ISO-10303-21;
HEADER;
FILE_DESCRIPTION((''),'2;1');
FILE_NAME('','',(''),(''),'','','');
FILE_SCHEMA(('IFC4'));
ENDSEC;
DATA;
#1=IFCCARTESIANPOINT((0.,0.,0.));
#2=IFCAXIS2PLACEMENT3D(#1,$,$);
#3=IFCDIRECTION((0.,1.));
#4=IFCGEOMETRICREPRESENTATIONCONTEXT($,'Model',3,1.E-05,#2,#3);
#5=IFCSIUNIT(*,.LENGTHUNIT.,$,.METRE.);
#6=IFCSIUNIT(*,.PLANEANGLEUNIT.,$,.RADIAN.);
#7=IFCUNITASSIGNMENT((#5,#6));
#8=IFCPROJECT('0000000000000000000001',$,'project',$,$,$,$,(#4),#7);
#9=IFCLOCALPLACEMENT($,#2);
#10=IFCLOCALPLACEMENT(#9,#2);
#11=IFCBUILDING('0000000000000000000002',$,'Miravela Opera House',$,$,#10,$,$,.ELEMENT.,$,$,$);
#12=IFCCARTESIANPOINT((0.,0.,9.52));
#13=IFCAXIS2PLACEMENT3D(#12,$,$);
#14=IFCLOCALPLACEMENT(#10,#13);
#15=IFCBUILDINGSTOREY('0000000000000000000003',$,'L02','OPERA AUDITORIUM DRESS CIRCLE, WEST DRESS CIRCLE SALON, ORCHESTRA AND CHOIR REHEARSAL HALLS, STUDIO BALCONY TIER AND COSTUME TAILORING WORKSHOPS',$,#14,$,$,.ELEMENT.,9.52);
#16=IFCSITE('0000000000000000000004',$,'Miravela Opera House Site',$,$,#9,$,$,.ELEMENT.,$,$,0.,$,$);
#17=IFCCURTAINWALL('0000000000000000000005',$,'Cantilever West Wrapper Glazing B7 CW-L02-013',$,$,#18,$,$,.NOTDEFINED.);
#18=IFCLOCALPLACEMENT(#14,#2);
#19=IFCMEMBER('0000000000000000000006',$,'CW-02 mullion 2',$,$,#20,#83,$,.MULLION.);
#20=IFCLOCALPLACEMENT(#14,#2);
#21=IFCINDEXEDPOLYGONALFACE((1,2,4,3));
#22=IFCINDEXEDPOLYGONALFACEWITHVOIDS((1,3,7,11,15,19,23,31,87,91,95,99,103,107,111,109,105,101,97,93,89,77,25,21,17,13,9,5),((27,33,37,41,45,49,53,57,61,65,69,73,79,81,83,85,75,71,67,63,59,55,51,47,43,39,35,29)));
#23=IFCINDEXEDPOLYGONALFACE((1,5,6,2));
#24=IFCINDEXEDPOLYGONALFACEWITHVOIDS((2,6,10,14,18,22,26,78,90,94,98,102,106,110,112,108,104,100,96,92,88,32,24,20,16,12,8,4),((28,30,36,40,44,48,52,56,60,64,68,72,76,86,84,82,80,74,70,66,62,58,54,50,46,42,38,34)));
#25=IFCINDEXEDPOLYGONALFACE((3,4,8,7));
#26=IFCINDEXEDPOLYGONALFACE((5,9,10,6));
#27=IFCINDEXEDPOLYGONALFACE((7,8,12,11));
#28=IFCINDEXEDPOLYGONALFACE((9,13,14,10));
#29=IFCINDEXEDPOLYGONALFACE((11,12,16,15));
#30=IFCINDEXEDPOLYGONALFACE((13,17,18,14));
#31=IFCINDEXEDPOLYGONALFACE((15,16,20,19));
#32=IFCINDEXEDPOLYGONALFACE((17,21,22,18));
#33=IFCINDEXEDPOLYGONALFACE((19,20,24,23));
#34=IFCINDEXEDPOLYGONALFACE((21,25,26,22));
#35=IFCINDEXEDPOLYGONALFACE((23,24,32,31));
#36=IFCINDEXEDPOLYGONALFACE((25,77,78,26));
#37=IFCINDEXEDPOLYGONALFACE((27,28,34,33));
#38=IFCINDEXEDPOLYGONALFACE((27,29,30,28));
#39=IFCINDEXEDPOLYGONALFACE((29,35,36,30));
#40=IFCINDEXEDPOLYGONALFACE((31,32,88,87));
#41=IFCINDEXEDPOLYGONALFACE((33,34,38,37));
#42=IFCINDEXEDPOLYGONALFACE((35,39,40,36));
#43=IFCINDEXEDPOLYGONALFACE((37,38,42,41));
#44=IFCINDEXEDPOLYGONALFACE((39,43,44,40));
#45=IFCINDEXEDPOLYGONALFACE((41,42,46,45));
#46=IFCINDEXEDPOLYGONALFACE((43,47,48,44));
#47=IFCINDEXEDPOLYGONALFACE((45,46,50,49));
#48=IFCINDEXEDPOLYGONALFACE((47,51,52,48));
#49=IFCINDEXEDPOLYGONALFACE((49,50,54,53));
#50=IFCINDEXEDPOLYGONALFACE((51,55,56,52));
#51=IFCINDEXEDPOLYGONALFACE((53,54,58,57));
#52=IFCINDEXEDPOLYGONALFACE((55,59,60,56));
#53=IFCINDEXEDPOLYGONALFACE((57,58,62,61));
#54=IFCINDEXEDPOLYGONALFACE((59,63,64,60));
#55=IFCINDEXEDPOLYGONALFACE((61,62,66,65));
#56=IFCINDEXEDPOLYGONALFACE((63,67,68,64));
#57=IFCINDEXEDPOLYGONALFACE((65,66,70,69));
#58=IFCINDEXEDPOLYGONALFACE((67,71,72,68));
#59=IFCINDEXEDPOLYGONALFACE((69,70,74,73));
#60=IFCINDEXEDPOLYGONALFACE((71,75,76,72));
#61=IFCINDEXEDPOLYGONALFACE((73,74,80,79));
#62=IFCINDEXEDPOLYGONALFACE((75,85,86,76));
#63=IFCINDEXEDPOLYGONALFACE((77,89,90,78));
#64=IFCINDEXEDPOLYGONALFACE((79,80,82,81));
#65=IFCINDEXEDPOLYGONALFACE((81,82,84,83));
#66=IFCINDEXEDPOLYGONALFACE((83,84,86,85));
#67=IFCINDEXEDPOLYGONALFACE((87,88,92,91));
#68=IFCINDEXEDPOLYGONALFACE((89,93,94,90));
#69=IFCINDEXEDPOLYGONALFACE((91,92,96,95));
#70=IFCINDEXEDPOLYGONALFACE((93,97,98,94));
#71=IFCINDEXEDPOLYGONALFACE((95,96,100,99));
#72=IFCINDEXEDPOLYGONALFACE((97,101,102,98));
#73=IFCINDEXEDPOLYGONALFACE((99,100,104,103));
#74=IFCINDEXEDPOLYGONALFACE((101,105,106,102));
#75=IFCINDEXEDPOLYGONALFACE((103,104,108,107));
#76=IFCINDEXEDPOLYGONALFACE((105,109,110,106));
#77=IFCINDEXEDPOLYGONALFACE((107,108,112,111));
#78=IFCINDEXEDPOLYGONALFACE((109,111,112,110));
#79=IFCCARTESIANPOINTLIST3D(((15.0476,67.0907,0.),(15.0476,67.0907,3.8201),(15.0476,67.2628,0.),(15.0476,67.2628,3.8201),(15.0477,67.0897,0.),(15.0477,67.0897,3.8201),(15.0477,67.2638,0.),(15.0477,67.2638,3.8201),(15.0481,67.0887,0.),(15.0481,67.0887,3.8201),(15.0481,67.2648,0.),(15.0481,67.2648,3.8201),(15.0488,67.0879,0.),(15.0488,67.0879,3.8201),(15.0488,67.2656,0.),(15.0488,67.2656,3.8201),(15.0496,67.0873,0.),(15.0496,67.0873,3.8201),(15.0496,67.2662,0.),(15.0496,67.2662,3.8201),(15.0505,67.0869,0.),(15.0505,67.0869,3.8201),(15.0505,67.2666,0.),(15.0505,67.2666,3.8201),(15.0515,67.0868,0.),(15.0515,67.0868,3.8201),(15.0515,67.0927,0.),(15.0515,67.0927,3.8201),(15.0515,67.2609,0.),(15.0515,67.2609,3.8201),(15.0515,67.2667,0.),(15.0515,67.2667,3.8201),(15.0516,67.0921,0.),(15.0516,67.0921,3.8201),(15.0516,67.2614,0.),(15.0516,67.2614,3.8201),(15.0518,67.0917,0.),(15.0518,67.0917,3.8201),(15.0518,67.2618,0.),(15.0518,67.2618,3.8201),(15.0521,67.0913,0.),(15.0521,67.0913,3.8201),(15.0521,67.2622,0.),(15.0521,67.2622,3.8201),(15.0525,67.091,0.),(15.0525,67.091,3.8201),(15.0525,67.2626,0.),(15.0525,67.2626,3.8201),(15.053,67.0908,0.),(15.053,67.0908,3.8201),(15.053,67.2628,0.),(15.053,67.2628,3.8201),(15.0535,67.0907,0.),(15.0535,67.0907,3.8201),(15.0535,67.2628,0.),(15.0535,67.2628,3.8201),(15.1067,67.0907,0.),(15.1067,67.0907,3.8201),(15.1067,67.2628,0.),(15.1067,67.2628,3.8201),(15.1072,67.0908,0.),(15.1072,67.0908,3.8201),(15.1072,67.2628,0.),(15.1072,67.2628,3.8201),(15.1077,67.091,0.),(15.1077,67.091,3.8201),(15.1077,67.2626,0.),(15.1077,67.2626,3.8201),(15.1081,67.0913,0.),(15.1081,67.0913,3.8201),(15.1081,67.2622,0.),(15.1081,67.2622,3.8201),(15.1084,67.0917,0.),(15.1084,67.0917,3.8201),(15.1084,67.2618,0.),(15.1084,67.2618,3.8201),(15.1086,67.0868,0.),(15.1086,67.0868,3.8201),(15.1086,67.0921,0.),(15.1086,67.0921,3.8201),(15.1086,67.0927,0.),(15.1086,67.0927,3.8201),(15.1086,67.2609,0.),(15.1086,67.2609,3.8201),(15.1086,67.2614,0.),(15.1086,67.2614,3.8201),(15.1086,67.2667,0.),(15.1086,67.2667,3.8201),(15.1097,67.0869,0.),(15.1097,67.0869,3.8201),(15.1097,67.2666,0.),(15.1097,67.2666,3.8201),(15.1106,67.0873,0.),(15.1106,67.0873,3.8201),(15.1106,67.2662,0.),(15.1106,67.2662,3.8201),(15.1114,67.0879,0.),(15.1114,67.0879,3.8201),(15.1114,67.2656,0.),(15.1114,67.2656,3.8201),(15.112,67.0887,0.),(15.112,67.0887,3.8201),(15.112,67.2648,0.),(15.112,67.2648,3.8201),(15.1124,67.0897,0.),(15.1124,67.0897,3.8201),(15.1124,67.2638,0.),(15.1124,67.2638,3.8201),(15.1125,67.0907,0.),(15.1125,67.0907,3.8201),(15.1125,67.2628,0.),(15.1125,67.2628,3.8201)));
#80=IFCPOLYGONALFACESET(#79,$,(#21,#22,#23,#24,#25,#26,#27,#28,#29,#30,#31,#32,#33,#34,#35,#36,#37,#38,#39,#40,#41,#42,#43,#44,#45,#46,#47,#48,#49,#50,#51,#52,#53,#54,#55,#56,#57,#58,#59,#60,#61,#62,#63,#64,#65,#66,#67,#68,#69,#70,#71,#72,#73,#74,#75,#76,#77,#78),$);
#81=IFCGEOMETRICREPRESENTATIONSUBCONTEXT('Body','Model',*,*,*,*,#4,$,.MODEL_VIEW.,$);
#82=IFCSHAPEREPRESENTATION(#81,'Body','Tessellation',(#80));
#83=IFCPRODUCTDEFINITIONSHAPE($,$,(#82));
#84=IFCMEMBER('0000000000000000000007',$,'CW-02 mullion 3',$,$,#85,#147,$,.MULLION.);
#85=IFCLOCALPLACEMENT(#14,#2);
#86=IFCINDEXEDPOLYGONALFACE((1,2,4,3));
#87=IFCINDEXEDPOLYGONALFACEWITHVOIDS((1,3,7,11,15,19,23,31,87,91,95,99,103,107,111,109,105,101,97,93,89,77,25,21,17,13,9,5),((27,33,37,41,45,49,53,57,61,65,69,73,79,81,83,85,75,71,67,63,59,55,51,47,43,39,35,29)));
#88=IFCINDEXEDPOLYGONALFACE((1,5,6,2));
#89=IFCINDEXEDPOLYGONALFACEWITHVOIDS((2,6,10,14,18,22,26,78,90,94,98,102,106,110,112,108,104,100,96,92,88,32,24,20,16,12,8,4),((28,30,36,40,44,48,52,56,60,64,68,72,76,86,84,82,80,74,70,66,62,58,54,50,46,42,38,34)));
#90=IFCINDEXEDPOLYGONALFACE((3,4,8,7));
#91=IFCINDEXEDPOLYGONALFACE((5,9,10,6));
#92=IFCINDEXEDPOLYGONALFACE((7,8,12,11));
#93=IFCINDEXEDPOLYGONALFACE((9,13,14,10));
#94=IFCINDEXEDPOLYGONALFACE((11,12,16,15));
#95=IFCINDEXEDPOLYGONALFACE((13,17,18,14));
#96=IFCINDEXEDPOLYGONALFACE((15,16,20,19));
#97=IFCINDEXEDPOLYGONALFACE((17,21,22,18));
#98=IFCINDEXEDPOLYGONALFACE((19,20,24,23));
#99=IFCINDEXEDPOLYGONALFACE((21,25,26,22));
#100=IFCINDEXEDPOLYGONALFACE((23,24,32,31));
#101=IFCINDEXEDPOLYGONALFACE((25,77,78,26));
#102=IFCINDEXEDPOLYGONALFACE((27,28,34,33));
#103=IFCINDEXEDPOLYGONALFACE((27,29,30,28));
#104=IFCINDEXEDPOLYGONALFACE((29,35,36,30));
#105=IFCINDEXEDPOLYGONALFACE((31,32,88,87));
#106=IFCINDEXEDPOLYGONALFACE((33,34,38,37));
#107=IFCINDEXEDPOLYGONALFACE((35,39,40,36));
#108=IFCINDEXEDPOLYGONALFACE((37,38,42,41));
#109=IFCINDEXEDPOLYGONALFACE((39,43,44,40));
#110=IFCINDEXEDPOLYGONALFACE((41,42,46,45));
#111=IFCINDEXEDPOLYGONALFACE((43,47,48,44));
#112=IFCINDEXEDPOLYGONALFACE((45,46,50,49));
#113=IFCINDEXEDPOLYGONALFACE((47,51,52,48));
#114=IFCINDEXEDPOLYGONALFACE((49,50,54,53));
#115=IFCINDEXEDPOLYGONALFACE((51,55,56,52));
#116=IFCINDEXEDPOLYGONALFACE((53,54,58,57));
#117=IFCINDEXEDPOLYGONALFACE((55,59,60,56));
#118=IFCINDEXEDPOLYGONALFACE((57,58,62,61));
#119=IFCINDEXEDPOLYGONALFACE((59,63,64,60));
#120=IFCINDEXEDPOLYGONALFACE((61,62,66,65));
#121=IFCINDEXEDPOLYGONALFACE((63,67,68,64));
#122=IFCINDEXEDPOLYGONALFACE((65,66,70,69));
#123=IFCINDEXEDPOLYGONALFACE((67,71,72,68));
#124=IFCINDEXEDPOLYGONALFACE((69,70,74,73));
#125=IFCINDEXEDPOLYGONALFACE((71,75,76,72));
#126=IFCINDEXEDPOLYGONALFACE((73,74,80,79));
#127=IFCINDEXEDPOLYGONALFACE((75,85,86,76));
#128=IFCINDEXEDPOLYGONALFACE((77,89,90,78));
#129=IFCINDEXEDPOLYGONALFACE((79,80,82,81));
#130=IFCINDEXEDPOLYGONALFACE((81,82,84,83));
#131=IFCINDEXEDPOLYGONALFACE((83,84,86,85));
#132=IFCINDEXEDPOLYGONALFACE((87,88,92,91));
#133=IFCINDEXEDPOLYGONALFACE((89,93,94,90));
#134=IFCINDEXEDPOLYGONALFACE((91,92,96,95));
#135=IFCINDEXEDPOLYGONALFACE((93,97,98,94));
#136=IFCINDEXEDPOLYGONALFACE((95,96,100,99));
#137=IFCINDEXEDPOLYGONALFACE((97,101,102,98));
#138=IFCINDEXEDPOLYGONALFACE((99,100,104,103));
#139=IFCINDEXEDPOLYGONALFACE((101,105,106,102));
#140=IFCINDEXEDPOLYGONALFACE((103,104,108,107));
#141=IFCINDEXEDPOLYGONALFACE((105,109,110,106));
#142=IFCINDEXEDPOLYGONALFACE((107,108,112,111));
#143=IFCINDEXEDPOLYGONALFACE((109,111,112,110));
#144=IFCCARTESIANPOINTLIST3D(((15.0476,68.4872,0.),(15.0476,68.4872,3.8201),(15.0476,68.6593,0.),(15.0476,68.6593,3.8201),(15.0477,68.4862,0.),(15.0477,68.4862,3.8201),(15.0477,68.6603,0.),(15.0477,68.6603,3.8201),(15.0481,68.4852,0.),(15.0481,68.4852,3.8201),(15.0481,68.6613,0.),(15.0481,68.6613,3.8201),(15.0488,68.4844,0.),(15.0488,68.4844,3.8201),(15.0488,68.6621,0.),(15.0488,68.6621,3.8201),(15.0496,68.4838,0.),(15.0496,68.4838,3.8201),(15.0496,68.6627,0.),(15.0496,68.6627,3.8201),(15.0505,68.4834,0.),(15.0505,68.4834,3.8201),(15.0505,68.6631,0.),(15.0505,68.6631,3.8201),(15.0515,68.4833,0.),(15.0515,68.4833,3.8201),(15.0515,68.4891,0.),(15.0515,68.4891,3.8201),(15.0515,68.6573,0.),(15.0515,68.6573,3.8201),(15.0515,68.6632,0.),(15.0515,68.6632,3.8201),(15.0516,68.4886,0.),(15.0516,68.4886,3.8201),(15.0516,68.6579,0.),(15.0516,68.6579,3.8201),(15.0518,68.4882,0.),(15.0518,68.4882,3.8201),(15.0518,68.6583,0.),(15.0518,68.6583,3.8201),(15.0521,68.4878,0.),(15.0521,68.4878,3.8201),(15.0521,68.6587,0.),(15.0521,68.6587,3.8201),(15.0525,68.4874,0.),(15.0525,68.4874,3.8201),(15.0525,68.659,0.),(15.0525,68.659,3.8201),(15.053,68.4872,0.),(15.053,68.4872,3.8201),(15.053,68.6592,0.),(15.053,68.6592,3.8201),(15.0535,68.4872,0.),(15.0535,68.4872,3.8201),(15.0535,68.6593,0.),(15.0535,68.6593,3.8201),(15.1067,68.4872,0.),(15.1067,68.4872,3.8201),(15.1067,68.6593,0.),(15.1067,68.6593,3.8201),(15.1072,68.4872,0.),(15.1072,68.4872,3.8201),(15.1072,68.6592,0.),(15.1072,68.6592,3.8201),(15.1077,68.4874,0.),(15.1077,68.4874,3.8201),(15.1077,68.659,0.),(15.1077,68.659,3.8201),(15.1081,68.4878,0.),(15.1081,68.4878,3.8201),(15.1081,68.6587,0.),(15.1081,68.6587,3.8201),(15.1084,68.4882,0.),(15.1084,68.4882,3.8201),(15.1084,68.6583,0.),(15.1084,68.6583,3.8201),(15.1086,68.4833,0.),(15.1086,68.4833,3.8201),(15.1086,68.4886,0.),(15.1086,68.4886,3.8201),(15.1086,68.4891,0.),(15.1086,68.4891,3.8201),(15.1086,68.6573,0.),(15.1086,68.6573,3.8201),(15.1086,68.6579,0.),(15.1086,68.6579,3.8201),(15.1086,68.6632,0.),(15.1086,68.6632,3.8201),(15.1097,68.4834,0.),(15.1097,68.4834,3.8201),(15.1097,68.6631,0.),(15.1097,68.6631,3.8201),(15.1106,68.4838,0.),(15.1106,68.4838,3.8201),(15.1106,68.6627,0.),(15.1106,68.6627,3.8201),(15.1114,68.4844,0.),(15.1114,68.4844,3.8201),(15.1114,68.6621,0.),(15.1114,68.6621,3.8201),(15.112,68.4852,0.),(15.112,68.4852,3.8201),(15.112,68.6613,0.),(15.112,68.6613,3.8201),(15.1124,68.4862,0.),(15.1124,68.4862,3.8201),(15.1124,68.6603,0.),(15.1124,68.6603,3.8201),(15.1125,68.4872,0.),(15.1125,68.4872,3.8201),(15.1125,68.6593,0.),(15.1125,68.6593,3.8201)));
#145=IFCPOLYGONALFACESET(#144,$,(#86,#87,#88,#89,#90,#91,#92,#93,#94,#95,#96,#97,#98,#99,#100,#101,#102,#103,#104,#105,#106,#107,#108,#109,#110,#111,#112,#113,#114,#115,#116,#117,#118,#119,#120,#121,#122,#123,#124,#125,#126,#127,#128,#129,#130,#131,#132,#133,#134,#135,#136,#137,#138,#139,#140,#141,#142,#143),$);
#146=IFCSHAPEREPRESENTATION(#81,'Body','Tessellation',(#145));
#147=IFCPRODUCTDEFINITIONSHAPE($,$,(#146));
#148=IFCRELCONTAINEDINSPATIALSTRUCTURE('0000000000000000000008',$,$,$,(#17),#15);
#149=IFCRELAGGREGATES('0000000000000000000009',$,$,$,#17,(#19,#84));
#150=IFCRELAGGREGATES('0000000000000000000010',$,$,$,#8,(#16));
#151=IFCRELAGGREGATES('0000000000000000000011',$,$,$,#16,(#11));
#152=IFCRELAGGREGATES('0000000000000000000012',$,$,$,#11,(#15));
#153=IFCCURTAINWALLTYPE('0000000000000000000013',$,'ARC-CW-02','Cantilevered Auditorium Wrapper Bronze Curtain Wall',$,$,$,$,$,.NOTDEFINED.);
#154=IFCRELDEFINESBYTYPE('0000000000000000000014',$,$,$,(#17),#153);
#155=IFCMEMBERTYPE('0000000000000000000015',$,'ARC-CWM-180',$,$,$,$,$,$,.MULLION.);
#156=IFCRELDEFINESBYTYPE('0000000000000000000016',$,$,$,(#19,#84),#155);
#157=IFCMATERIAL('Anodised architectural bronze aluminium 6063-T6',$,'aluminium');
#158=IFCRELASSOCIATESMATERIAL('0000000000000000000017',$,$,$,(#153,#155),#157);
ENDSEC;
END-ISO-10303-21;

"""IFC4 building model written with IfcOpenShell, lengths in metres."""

from ifc_helpers import new_model, si_unit, direction, frame, origin, origin_2d, place, context, subcontext, project, spatial, hollow_rectangle, extrude, material, material_profile, profile_set, type_object, element, aggregate, save


model = new_model("IFC4")

# Units and contexts
model_context = context("Model", 3, precision=1e-05, world=origin(), true_north=direction((0.0, 1.0)))
body_context = subcontext(model_context, "Body", "Model", "MODEL_VIEW")
ifc_project = project(units=[si_unit("LENGTHUNIT", "METRE"), si_unit("PLANEANGLEUNIT", "RADIAN")], contexts=[model_context])

# Site, building, storey
site_placement = place(None, origin())
site = spatial("IfcSite", under=ifc_project, at=site_placement, Name="Miravela Opera House Site", CompositionType="ELEMENT", RefElevation=0.0)
building_placement = place(site_placement, origin())
building = spatial("IfcBuilding", under=site, at=building_placement, Name="Miravela Opera House", CompositionType="ELEMENT")
storey_placement = place(building_placement, frame((0.0, 0.0, 9.52)))
storey = spatial("IfcBuildingStorey", under=building, at=storey_placement, Name="L02", Description="OPERA AUDITORIUM DRESS CIRCLE, WEST DRESS CIRCLE SALON, ORCHESTRA AND CHOIR REHEARSAL HALLS, STUDIO BALCONY TIER AND COSTUME TAILORING WORKSHOPS", CompositionType="ELEMENT", Elevation=9.52)

# Curtain wall, members
ifc_material_1 = material(Name="Anodised architectural bronze aluminium 6063-T6", Category="aluminium")
curtain_wall_type = type_object("IfcCurtainWallType", Name="ARC-CW-02", Description="Cantilevered Auditorium Wrapper Bronze Curtain Wall", PredefinedType="NOTDEFINED", material=ifc_material_1)
curtain_wall_placement = place(storey_placement, origin())
curtain_wall = element("IfcCurtainWall", 1, at=curtain_wall_placement, inside=storey, type_object=curtain_wall_type, Name="Cantilever West Wrapper Glazing B7 CW-L02-013", PredefinedType="NOTDEFINED")
ifc_material_profile_1 = material_profile(ifc_material_1, hollow_rectangle(XDim=0.0649, YDim=0.1799, WallThickness=0.0039, InnerFilletRadius=0.002, OuterFilletRadius=0.0039, at=origin_2d()), Name="CWM-65X180")
ifc_profile_set_1 = profile_set([ifc_material_profile_1])
member_type_1 = type_object("IfcMemberType", Name="ARC-CWM-180", PredefinedType="MULLION", material=ifc_profile_set_1)
member_1_placement = place(storey_placement, frame((15.0801, 67.1768, 0.0), z_axis=(0.0, 0.0, 1.0), x_axis=(-1.0, 0.0, 0.0)))
member_1 = element("IfcMember", 2, at=member_1_placement, type_object=member_type_1, Name="CW-02 mullion 2", PredefinedType="MULLION", context=body_context, shape_type="SweptSolid", body=[
    extrude(hollow_rectangle(XDim=0.0649, YDim=0.1799, WallThickness=0.0039, InnerFilletRadius=0.002, OuterFilletRadius=0.0039, at=origin_2d()), origin(), (0.0, 0.0, 1.0), 3.8201),
])
member_2_placement = place(storey_placement, frame((15.0801, 68.5732, 0.0), z_axis=(0.0, 0.0, 1.0), x_axis=(-1.0, 0.0, 0.0)))
member_2 = element("IfcMember", 3, at=member_2_placement, type_object=member_type_1, Name="CW-02 mullion 3", PredefinedType="MULLION", context=body_context, shape_type="SweptSolid", body=[
    extrude(hollow_rectangle(XDim=0.0649, YDim=0.1799, WallThickness=0.0039, InnerFilletRadius=0.002, OuterFilletRadius=0.0039, at=origin_2d()), origin(), (0.0, 0.0, 1.0), 3.8201),
])

aggregate(curtain_wall, [member_1, member_2])

save(model, "model.ifc")
